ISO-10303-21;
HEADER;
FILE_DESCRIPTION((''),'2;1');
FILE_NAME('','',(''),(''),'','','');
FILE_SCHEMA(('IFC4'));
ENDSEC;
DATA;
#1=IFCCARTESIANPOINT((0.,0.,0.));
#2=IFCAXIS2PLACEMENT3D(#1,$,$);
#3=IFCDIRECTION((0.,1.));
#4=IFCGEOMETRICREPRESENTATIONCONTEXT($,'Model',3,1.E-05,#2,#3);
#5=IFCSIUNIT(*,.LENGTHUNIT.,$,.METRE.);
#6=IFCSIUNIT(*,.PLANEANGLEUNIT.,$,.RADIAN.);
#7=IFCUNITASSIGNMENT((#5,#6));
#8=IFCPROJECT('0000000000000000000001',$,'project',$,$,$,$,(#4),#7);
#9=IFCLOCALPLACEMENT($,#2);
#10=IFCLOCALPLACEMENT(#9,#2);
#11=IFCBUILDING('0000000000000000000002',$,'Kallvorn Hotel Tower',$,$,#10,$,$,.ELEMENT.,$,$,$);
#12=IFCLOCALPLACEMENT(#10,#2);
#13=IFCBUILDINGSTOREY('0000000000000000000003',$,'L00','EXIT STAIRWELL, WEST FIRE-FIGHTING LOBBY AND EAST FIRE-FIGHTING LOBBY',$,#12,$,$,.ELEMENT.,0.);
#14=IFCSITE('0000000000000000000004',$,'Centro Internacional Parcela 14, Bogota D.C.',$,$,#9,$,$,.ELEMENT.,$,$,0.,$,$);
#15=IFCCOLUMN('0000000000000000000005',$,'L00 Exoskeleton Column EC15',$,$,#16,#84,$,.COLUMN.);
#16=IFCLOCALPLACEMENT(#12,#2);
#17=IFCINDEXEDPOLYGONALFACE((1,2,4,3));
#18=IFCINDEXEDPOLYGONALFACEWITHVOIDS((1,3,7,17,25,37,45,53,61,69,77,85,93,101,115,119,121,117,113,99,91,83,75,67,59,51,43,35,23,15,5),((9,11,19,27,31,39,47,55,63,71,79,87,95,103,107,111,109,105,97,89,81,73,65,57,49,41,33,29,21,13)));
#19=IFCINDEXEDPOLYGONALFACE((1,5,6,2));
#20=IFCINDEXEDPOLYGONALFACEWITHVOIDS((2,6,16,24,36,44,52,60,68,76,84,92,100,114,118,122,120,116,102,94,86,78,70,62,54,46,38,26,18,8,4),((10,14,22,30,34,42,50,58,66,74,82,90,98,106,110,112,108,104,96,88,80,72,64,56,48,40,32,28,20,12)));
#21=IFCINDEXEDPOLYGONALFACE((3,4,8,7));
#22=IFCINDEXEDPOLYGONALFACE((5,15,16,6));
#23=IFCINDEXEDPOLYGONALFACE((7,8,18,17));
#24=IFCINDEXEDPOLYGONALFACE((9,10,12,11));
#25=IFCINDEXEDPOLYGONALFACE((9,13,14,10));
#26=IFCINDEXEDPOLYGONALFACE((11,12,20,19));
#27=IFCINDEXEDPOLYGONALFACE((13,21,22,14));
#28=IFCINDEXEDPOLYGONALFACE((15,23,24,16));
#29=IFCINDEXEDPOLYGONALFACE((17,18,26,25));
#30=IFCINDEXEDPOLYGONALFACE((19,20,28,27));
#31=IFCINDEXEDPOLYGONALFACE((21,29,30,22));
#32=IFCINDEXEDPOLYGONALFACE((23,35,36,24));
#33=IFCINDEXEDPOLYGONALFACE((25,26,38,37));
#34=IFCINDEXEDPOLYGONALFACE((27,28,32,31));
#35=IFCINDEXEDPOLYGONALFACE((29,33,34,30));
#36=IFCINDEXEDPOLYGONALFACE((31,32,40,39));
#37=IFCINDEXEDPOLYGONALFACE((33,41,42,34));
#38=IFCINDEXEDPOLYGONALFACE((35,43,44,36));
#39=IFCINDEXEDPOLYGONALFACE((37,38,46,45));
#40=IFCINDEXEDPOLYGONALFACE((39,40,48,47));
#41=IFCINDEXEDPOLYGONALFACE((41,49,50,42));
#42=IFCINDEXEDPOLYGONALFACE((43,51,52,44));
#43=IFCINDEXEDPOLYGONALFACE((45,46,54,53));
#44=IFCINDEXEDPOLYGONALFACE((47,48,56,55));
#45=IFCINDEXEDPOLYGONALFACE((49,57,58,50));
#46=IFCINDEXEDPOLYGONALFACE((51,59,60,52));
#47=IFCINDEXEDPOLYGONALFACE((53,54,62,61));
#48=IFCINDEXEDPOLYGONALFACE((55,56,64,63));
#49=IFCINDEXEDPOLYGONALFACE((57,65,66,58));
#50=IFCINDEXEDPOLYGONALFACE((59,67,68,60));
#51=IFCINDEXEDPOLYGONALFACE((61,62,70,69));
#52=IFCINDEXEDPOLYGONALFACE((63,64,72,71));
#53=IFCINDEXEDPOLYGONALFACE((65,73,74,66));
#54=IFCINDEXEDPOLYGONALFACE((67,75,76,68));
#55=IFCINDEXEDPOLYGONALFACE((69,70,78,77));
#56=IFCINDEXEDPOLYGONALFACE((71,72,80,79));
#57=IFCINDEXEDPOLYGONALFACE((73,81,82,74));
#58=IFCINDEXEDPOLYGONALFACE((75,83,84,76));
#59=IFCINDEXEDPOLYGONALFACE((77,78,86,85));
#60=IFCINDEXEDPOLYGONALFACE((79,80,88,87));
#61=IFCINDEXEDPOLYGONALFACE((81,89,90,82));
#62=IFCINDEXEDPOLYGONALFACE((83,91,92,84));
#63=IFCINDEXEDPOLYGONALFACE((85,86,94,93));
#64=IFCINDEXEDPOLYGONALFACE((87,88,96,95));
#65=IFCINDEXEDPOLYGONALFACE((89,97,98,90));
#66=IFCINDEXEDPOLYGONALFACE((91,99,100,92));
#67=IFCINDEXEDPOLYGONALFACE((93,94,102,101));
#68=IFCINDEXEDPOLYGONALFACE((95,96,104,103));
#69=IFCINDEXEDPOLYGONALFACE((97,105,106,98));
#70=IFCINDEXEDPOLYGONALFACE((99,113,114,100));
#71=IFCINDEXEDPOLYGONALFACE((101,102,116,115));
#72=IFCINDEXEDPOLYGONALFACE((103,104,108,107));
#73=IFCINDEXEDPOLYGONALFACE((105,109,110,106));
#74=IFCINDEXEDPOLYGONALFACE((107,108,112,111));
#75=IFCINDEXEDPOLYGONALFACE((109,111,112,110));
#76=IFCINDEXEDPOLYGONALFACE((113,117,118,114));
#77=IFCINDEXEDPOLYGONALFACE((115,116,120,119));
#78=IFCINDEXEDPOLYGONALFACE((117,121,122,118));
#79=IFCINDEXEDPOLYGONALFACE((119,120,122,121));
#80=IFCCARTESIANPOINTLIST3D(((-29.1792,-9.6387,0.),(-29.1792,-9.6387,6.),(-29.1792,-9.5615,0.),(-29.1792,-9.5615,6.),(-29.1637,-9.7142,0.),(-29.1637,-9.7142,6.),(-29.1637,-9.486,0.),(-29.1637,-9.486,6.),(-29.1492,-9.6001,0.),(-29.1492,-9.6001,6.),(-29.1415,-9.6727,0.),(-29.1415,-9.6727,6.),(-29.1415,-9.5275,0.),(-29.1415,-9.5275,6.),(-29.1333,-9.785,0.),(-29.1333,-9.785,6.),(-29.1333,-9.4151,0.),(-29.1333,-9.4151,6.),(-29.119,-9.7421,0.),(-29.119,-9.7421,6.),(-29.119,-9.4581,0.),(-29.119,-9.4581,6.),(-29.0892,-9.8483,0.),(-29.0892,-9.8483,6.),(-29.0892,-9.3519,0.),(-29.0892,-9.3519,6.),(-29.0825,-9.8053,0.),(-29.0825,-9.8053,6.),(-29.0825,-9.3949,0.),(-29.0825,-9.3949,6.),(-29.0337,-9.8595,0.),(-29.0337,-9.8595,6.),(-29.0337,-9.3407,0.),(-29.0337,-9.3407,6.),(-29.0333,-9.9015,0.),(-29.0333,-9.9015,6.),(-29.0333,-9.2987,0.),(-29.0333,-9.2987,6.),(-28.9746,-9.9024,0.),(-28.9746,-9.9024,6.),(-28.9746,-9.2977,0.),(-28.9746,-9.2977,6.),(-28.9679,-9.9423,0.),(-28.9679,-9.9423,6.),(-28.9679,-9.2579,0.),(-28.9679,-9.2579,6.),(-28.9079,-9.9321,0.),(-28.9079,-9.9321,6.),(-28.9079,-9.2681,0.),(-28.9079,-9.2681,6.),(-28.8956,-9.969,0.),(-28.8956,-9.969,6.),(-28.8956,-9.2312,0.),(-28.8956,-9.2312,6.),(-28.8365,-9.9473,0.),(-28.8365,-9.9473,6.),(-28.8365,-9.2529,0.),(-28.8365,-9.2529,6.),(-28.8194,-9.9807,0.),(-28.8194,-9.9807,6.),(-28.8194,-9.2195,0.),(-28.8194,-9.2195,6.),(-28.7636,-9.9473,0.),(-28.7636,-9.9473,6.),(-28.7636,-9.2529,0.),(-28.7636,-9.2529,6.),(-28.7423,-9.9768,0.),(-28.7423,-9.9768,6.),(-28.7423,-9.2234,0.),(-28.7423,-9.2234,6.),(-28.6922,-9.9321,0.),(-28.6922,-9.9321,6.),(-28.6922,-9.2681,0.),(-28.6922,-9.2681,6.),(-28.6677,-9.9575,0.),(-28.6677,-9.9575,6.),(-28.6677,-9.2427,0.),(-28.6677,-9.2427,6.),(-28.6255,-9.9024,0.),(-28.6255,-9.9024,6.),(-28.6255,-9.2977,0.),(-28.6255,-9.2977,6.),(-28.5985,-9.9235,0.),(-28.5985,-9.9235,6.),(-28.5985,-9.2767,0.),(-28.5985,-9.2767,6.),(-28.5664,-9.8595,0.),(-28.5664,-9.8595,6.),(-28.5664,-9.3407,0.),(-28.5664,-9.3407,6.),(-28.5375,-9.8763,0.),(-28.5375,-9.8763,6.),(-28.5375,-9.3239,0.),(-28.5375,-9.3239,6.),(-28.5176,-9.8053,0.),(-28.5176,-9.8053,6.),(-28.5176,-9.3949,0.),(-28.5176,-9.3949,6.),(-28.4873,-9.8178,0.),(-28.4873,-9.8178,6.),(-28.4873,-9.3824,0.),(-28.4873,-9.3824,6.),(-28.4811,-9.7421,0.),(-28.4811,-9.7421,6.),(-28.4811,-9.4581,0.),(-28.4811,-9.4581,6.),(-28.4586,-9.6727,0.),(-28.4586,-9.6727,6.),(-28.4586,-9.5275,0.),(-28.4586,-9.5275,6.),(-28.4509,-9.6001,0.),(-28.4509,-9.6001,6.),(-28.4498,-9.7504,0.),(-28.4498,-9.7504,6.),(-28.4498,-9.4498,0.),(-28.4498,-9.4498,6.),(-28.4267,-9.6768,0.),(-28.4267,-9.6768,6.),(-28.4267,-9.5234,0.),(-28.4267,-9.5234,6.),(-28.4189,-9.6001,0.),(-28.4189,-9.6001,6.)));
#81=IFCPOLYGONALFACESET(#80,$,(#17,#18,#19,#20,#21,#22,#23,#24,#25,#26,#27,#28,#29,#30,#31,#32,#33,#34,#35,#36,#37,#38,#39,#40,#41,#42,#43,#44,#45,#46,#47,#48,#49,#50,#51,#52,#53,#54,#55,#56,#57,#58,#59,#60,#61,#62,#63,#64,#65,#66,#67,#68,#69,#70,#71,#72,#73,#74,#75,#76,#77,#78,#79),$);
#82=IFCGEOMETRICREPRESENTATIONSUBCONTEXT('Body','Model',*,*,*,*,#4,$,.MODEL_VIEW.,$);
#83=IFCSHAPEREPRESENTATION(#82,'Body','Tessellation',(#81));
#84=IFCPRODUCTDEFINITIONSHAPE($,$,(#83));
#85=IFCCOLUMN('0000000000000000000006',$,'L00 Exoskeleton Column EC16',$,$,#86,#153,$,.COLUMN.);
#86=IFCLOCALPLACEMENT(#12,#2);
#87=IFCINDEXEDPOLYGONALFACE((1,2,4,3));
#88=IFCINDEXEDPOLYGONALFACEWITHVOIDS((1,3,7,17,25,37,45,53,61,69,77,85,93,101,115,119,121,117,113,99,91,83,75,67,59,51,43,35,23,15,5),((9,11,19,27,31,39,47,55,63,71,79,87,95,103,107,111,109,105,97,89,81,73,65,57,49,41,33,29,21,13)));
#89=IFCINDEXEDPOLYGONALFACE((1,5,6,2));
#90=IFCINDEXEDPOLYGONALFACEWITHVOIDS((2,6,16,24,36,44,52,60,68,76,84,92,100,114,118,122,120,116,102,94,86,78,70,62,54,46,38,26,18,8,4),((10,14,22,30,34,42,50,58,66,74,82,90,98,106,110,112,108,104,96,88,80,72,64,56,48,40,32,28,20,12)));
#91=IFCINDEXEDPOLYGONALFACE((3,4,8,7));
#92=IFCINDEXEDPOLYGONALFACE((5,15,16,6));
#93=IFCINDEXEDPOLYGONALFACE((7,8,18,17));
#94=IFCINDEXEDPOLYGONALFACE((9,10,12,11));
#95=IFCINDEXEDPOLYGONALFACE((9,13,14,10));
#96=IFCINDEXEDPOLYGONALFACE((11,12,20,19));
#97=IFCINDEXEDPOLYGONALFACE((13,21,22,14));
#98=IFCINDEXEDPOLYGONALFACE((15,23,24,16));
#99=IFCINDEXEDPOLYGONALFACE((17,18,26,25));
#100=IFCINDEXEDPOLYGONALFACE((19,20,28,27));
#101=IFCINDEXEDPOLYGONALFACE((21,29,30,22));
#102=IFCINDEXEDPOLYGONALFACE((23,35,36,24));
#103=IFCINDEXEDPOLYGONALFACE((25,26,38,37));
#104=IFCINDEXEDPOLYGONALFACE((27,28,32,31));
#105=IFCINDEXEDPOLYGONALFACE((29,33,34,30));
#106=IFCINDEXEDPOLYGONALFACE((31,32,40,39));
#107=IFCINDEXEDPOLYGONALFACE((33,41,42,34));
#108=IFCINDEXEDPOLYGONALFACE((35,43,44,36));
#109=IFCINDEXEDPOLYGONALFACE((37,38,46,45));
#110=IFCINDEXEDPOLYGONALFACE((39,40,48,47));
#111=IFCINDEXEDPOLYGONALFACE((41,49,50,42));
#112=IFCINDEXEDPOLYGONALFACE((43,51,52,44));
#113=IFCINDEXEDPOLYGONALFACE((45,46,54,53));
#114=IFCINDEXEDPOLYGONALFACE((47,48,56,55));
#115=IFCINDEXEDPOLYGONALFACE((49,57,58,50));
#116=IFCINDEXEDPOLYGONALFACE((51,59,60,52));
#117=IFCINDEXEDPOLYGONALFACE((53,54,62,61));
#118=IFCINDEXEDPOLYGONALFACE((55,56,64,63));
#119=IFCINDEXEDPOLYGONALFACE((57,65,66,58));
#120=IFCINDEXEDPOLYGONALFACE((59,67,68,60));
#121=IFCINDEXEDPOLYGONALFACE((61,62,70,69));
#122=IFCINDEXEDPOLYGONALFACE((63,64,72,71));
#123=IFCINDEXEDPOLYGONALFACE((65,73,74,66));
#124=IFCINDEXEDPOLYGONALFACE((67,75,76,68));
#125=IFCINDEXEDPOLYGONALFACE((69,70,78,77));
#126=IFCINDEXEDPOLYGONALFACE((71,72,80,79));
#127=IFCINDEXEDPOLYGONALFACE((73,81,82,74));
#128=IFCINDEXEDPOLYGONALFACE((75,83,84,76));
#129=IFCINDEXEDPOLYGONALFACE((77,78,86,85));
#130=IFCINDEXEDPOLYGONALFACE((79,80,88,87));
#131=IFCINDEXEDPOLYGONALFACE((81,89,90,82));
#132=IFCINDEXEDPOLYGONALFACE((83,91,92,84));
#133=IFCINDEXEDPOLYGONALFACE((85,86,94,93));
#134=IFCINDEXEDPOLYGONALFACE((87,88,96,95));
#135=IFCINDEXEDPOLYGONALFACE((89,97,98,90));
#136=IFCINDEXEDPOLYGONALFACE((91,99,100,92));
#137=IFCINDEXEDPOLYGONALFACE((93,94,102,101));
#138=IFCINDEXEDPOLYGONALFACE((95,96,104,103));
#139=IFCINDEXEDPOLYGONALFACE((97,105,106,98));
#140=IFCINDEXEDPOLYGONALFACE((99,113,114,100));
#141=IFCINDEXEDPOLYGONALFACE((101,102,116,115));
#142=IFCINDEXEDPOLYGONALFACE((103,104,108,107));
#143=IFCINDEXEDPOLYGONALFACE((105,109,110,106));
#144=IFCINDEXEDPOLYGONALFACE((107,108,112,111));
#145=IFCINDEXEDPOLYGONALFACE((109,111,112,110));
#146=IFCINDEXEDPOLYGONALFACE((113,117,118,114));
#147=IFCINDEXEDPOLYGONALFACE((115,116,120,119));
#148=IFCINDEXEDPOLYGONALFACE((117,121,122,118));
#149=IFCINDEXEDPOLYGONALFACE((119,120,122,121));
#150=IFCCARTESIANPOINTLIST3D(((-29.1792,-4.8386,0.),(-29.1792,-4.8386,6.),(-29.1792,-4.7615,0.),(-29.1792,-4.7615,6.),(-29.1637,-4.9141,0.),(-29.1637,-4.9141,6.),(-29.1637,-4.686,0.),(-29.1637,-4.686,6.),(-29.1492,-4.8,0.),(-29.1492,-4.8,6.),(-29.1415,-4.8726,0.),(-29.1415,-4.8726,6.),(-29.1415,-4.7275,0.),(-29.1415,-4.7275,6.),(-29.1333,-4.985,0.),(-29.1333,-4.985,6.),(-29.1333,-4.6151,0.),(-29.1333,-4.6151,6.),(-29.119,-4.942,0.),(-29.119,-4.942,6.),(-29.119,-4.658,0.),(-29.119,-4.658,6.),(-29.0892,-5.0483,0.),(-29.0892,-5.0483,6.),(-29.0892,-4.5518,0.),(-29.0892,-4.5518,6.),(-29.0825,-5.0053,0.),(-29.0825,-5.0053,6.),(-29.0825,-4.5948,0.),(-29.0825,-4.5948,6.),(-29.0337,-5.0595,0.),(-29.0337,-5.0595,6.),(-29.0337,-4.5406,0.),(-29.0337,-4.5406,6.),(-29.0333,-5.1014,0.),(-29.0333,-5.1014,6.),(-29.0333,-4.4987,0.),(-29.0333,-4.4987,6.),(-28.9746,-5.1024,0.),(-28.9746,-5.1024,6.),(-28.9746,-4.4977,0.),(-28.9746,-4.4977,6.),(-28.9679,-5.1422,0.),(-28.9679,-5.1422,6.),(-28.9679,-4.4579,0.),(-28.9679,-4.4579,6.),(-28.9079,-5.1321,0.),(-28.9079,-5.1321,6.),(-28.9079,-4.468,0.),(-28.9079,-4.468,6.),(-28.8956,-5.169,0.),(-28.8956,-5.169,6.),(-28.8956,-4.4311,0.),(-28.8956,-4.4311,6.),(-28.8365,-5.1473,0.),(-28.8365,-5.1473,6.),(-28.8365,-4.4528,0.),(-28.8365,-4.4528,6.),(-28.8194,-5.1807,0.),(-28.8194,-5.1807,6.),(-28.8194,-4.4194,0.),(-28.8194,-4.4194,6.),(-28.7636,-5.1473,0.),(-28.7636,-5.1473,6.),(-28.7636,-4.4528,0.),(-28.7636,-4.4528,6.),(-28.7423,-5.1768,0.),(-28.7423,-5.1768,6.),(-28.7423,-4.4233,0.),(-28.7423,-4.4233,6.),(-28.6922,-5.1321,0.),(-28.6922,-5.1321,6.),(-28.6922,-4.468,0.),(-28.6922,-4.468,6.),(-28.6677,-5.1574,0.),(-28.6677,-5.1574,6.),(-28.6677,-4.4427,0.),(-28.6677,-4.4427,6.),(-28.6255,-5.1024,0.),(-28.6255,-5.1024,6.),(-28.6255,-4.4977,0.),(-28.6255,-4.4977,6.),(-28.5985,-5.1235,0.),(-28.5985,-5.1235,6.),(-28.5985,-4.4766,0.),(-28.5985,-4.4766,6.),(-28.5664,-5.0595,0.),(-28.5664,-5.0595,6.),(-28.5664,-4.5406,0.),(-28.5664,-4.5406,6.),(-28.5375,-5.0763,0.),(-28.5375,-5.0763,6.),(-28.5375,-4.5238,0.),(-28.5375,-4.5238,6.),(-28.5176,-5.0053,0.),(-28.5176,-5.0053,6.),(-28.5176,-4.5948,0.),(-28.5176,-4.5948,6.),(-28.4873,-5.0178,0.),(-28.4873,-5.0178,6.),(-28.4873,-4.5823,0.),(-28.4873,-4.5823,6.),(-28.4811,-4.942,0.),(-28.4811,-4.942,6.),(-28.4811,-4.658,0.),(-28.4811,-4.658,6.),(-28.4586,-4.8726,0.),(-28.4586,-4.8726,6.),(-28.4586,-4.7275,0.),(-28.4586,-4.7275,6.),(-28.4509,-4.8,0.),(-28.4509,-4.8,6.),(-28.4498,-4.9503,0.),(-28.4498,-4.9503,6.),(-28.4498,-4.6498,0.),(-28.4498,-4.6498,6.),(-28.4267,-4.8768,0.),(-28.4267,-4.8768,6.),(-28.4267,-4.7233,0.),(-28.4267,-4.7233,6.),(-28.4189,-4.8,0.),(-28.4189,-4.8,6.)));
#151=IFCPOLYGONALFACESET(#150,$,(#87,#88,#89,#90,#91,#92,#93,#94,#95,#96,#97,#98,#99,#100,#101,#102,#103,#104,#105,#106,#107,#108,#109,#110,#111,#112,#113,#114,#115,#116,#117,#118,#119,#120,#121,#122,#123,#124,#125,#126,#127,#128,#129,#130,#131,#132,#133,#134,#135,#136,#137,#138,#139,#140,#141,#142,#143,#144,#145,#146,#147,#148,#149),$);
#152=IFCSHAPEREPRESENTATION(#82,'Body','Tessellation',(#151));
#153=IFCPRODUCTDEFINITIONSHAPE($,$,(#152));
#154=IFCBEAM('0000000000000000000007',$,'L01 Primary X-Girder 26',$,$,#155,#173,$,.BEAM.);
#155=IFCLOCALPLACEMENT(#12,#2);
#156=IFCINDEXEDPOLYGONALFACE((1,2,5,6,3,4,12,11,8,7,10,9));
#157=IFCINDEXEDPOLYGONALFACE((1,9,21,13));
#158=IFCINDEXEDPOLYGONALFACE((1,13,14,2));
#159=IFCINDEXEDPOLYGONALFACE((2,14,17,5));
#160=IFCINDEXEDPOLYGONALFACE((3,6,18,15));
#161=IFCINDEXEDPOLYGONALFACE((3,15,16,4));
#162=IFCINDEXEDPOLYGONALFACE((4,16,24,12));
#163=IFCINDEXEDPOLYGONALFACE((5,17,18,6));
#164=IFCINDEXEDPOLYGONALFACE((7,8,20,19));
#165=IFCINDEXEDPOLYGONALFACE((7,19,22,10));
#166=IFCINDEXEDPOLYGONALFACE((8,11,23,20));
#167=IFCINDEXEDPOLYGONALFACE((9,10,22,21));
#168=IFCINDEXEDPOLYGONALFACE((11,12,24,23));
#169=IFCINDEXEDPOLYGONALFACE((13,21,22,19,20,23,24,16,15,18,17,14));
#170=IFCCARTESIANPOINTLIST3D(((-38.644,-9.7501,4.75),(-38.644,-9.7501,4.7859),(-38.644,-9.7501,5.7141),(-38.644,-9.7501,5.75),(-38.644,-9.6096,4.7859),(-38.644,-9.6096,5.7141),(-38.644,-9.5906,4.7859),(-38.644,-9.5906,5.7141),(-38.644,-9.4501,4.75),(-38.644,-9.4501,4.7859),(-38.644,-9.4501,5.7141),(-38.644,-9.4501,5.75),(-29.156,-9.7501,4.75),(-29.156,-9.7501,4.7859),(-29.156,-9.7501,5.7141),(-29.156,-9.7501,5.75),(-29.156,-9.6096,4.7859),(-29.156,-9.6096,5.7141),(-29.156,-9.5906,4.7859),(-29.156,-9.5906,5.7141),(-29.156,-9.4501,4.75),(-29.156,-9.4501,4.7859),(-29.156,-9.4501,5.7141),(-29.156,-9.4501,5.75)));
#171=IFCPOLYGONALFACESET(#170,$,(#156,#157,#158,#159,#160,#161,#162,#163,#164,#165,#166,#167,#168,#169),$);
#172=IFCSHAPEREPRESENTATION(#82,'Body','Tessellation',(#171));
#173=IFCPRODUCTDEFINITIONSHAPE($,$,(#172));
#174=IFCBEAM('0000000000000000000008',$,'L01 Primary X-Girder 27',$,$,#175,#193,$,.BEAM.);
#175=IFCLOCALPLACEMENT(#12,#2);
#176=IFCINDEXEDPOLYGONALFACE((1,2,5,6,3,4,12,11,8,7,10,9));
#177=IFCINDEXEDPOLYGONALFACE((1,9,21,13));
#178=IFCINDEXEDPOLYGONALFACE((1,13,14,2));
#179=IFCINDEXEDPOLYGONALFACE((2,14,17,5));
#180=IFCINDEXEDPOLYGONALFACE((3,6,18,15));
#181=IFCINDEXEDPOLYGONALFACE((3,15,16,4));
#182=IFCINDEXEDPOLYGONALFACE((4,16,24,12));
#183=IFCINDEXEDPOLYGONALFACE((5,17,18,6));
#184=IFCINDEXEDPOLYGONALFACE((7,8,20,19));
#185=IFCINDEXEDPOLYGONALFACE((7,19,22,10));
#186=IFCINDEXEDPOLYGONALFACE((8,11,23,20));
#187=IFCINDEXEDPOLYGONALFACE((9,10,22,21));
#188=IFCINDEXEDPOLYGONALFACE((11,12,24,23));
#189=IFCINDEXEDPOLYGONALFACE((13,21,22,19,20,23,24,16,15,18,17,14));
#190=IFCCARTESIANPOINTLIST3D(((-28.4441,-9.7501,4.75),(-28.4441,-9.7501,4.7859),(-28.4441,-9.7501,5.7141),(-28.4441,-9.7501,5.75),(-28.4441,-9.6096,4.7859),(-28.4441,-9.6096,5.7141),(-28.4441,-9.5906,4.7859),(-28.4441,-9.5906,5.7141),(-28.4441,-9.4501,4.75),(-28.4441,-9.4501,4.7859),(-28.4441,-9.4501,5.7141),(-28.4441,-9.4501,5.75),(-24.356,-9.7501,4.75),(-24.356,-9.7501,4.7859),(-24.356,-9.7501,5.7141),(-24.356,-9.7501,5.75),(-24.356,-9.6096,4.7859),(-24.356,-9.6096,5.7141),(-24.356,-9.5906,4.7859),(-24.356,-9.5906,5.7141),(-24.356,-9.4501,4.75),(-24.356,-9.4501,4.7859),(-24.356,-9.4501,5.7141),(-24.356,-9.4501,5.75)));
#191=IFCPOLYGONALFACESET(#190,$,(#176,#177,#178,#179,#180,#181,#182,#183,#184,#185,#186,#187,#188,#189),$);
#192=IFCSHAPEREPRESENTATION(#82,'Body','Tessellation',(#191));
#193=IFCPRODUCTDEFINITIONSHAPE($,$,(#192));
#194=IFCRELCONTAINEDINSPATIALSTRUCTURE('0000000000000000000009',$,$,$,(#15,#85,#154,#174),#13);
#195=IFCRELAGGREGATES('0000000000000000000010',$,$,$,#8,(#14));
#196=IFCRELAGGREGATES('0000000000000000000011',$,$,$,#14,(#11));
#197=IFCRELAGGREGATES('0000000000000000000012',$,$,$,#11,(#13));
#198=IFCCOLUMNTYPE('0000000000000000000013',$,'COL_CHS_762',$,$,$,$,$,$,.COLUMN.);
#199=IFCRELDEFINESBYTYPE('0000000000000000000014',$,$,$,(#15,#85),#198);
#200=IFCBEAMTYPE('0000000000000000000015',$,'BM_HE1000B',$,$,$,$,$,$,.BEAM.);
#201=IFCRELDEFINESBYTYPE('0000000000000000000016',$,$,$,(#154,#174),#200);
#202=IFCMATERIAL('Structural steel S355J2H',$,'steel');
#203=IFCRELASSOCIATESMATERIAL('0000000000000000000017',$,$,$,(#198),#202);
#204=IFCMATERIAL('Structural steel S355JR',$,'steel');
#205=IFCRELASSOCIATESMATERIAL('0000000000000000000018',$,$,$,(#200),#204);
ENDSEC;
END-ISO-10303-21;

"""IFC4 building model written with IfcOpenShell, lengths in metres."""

from ifc_helpers import new_model, si_unit, direction, frame, origin, origin_2d, place, context, subcontext, project, spatial, hollow_circle, i_section, extrude, material, material_profile, profile_set, type_object, element, save


model = new_model("IFC4")

# Units and contexts
model_context = context("Model", 3, precision=1e-05, world=origin(), true_north=direction((0.0, 1.0)))
body_context = subcontext(model_context, "Body", "Model", "MODEL_VIEW")
ifc_project = project(units=[si_unit("LENGTHUNIT", "METRE"), si_unit("PLANEANGLEUNIT", "RADIAN")], contexts=[model_context])

# Site, building, storey
site_placement = place(None, origin())
site = spatial("IfcSite", under=ifc_project, at=site_placement, Name="Centro Internacional Parcela 14, Bogota D.C.", CompositionType="ELEMENT", RefElevation=0.0)
building_placement = place(site_placement, origin())
building = spatial("IfcBuilding", under=site, at=building_placement, Name="Kallvorn Hotel Tower", CompositionType="ELEMENT")
storey_placement = place(building_placement, origin())
storey = spatial("IfcBuildingStorey", under=building, at=storey_placement, Name="L00", Description="EXIT STAIRWELL, WEST FIRE-FIGHTING LOBBY AND EAST FIRE-FIGHTING LOBBY", CompositionType="ELEMENT", Elevation=0.0)

# Columns
ifc_material_1 = material(Name="Structural steel S355J2H", Category="steel")
ifc_material_profile_1 = material_profile(ifc_material_1, hollow_circle(Radius=0.3811, WallThickness=0.032, at=origin_2d()), Name="CHS 762x32")
ifc_profile_set_1 = profile_set([ifc_material_profile_1], Name="Structural steel S355J2H")
column_type = type_object("IfcColumnType", Name="COL_CHS_762", PredefinedType="COLUMN", material=ifc_profile_set_1)
for number, where, z_axis, x_axis, name in (
    (1, (-28.8, -9.6001, 0.0), (0.0, 0.0, 1.0), (1.0, 0.0, 0.0), "L00 Exoskeleton Column EC15"),
    (2, (-28.8, -4.8, 0.0), (0.0, 0.0, 1.0), (1.0, 0.0, 0.0), "L00 Exoskeleton Column EC16"),
):
    element("IfcColumn", number, at=place(storey_placement, frame(where, z_axis=z_axis, x_axis=x_axis)), inside=storey, type_object=column_type, Name=name, PredefinedType="COLUMN", context=body_context, shape_type="SweptSolid", body=[
        extrude(hollow_circle(Radius=0.3811, WallThickness=0.032, at=origin_2d()), origin(), (0.0, 0.0, 1.0), 6.0),
    ])

# Beams
ifc_material_2 = material(Name="Structural steel S355JR", Category="steel")
ifc_material_profile_2 = material_profile(ifc_material_2, i_section(OverallWidth=0.3, OverallDepth=1.0, WebThickness=0.019, FlangeThickness=0.0359, at=origin_2d()), Name="HE 1000 B")
ifc_profile_set_2 = profile_set([ifc_material_profile_2], Name="Structural steel S355JR")
beam_type_1 = type_object("IfcBeamType", Name="BM_HE1000B", PredefinedType="BEAM", material=ifc_profile_set_2)
beam_1_placement = place(storey_placement, frame((-38.644, -9.6001, 5.25), z_axis=(1.0, 0.0, 0.0), x_axis=(0.0, 1.0, 0.0)))
element("IfcBeam", 3, at=beam_1_placement, inside=storey, type_object=beam_type_1, Name="L01 Primary X-Girder 26", PredefinedType="BEAM", context=body_context, shape_type="SweptSolid", body=[
    extrude(i_section(OverallWidth=0.3, OverallDepth=1.0, WebThickness=0.019, FlangeThickness=0.0359, at=origin_2d()), origin(), (0.0, 0.0, 1.0), 9.488),
])
beam_2_placement = place(storey_placement, frame((-28.4441, -9.6001, 5.25), z_axis=(1.0, 0.0, 0.0), x_axis=(0.0, 1.0, 0.0)))
element("IfcBeam", 4, at=beam_2_placement, inside=storey, type_object=beam_type_1, Name="L01 Primary X-Girder 27", PredefinedType="BEAM", context=body_context, shape_type="SweptSolid", body=[
    extrude(i_section(OverallWidth=0.3, OverallDepth=1.0, WebThickness=0.019, FlangeThickness=0.0359, at=origin_2d()), origin(), (0.0, 0.0, 1.0), 4.0881),
])

save(model, "model.ifc")
